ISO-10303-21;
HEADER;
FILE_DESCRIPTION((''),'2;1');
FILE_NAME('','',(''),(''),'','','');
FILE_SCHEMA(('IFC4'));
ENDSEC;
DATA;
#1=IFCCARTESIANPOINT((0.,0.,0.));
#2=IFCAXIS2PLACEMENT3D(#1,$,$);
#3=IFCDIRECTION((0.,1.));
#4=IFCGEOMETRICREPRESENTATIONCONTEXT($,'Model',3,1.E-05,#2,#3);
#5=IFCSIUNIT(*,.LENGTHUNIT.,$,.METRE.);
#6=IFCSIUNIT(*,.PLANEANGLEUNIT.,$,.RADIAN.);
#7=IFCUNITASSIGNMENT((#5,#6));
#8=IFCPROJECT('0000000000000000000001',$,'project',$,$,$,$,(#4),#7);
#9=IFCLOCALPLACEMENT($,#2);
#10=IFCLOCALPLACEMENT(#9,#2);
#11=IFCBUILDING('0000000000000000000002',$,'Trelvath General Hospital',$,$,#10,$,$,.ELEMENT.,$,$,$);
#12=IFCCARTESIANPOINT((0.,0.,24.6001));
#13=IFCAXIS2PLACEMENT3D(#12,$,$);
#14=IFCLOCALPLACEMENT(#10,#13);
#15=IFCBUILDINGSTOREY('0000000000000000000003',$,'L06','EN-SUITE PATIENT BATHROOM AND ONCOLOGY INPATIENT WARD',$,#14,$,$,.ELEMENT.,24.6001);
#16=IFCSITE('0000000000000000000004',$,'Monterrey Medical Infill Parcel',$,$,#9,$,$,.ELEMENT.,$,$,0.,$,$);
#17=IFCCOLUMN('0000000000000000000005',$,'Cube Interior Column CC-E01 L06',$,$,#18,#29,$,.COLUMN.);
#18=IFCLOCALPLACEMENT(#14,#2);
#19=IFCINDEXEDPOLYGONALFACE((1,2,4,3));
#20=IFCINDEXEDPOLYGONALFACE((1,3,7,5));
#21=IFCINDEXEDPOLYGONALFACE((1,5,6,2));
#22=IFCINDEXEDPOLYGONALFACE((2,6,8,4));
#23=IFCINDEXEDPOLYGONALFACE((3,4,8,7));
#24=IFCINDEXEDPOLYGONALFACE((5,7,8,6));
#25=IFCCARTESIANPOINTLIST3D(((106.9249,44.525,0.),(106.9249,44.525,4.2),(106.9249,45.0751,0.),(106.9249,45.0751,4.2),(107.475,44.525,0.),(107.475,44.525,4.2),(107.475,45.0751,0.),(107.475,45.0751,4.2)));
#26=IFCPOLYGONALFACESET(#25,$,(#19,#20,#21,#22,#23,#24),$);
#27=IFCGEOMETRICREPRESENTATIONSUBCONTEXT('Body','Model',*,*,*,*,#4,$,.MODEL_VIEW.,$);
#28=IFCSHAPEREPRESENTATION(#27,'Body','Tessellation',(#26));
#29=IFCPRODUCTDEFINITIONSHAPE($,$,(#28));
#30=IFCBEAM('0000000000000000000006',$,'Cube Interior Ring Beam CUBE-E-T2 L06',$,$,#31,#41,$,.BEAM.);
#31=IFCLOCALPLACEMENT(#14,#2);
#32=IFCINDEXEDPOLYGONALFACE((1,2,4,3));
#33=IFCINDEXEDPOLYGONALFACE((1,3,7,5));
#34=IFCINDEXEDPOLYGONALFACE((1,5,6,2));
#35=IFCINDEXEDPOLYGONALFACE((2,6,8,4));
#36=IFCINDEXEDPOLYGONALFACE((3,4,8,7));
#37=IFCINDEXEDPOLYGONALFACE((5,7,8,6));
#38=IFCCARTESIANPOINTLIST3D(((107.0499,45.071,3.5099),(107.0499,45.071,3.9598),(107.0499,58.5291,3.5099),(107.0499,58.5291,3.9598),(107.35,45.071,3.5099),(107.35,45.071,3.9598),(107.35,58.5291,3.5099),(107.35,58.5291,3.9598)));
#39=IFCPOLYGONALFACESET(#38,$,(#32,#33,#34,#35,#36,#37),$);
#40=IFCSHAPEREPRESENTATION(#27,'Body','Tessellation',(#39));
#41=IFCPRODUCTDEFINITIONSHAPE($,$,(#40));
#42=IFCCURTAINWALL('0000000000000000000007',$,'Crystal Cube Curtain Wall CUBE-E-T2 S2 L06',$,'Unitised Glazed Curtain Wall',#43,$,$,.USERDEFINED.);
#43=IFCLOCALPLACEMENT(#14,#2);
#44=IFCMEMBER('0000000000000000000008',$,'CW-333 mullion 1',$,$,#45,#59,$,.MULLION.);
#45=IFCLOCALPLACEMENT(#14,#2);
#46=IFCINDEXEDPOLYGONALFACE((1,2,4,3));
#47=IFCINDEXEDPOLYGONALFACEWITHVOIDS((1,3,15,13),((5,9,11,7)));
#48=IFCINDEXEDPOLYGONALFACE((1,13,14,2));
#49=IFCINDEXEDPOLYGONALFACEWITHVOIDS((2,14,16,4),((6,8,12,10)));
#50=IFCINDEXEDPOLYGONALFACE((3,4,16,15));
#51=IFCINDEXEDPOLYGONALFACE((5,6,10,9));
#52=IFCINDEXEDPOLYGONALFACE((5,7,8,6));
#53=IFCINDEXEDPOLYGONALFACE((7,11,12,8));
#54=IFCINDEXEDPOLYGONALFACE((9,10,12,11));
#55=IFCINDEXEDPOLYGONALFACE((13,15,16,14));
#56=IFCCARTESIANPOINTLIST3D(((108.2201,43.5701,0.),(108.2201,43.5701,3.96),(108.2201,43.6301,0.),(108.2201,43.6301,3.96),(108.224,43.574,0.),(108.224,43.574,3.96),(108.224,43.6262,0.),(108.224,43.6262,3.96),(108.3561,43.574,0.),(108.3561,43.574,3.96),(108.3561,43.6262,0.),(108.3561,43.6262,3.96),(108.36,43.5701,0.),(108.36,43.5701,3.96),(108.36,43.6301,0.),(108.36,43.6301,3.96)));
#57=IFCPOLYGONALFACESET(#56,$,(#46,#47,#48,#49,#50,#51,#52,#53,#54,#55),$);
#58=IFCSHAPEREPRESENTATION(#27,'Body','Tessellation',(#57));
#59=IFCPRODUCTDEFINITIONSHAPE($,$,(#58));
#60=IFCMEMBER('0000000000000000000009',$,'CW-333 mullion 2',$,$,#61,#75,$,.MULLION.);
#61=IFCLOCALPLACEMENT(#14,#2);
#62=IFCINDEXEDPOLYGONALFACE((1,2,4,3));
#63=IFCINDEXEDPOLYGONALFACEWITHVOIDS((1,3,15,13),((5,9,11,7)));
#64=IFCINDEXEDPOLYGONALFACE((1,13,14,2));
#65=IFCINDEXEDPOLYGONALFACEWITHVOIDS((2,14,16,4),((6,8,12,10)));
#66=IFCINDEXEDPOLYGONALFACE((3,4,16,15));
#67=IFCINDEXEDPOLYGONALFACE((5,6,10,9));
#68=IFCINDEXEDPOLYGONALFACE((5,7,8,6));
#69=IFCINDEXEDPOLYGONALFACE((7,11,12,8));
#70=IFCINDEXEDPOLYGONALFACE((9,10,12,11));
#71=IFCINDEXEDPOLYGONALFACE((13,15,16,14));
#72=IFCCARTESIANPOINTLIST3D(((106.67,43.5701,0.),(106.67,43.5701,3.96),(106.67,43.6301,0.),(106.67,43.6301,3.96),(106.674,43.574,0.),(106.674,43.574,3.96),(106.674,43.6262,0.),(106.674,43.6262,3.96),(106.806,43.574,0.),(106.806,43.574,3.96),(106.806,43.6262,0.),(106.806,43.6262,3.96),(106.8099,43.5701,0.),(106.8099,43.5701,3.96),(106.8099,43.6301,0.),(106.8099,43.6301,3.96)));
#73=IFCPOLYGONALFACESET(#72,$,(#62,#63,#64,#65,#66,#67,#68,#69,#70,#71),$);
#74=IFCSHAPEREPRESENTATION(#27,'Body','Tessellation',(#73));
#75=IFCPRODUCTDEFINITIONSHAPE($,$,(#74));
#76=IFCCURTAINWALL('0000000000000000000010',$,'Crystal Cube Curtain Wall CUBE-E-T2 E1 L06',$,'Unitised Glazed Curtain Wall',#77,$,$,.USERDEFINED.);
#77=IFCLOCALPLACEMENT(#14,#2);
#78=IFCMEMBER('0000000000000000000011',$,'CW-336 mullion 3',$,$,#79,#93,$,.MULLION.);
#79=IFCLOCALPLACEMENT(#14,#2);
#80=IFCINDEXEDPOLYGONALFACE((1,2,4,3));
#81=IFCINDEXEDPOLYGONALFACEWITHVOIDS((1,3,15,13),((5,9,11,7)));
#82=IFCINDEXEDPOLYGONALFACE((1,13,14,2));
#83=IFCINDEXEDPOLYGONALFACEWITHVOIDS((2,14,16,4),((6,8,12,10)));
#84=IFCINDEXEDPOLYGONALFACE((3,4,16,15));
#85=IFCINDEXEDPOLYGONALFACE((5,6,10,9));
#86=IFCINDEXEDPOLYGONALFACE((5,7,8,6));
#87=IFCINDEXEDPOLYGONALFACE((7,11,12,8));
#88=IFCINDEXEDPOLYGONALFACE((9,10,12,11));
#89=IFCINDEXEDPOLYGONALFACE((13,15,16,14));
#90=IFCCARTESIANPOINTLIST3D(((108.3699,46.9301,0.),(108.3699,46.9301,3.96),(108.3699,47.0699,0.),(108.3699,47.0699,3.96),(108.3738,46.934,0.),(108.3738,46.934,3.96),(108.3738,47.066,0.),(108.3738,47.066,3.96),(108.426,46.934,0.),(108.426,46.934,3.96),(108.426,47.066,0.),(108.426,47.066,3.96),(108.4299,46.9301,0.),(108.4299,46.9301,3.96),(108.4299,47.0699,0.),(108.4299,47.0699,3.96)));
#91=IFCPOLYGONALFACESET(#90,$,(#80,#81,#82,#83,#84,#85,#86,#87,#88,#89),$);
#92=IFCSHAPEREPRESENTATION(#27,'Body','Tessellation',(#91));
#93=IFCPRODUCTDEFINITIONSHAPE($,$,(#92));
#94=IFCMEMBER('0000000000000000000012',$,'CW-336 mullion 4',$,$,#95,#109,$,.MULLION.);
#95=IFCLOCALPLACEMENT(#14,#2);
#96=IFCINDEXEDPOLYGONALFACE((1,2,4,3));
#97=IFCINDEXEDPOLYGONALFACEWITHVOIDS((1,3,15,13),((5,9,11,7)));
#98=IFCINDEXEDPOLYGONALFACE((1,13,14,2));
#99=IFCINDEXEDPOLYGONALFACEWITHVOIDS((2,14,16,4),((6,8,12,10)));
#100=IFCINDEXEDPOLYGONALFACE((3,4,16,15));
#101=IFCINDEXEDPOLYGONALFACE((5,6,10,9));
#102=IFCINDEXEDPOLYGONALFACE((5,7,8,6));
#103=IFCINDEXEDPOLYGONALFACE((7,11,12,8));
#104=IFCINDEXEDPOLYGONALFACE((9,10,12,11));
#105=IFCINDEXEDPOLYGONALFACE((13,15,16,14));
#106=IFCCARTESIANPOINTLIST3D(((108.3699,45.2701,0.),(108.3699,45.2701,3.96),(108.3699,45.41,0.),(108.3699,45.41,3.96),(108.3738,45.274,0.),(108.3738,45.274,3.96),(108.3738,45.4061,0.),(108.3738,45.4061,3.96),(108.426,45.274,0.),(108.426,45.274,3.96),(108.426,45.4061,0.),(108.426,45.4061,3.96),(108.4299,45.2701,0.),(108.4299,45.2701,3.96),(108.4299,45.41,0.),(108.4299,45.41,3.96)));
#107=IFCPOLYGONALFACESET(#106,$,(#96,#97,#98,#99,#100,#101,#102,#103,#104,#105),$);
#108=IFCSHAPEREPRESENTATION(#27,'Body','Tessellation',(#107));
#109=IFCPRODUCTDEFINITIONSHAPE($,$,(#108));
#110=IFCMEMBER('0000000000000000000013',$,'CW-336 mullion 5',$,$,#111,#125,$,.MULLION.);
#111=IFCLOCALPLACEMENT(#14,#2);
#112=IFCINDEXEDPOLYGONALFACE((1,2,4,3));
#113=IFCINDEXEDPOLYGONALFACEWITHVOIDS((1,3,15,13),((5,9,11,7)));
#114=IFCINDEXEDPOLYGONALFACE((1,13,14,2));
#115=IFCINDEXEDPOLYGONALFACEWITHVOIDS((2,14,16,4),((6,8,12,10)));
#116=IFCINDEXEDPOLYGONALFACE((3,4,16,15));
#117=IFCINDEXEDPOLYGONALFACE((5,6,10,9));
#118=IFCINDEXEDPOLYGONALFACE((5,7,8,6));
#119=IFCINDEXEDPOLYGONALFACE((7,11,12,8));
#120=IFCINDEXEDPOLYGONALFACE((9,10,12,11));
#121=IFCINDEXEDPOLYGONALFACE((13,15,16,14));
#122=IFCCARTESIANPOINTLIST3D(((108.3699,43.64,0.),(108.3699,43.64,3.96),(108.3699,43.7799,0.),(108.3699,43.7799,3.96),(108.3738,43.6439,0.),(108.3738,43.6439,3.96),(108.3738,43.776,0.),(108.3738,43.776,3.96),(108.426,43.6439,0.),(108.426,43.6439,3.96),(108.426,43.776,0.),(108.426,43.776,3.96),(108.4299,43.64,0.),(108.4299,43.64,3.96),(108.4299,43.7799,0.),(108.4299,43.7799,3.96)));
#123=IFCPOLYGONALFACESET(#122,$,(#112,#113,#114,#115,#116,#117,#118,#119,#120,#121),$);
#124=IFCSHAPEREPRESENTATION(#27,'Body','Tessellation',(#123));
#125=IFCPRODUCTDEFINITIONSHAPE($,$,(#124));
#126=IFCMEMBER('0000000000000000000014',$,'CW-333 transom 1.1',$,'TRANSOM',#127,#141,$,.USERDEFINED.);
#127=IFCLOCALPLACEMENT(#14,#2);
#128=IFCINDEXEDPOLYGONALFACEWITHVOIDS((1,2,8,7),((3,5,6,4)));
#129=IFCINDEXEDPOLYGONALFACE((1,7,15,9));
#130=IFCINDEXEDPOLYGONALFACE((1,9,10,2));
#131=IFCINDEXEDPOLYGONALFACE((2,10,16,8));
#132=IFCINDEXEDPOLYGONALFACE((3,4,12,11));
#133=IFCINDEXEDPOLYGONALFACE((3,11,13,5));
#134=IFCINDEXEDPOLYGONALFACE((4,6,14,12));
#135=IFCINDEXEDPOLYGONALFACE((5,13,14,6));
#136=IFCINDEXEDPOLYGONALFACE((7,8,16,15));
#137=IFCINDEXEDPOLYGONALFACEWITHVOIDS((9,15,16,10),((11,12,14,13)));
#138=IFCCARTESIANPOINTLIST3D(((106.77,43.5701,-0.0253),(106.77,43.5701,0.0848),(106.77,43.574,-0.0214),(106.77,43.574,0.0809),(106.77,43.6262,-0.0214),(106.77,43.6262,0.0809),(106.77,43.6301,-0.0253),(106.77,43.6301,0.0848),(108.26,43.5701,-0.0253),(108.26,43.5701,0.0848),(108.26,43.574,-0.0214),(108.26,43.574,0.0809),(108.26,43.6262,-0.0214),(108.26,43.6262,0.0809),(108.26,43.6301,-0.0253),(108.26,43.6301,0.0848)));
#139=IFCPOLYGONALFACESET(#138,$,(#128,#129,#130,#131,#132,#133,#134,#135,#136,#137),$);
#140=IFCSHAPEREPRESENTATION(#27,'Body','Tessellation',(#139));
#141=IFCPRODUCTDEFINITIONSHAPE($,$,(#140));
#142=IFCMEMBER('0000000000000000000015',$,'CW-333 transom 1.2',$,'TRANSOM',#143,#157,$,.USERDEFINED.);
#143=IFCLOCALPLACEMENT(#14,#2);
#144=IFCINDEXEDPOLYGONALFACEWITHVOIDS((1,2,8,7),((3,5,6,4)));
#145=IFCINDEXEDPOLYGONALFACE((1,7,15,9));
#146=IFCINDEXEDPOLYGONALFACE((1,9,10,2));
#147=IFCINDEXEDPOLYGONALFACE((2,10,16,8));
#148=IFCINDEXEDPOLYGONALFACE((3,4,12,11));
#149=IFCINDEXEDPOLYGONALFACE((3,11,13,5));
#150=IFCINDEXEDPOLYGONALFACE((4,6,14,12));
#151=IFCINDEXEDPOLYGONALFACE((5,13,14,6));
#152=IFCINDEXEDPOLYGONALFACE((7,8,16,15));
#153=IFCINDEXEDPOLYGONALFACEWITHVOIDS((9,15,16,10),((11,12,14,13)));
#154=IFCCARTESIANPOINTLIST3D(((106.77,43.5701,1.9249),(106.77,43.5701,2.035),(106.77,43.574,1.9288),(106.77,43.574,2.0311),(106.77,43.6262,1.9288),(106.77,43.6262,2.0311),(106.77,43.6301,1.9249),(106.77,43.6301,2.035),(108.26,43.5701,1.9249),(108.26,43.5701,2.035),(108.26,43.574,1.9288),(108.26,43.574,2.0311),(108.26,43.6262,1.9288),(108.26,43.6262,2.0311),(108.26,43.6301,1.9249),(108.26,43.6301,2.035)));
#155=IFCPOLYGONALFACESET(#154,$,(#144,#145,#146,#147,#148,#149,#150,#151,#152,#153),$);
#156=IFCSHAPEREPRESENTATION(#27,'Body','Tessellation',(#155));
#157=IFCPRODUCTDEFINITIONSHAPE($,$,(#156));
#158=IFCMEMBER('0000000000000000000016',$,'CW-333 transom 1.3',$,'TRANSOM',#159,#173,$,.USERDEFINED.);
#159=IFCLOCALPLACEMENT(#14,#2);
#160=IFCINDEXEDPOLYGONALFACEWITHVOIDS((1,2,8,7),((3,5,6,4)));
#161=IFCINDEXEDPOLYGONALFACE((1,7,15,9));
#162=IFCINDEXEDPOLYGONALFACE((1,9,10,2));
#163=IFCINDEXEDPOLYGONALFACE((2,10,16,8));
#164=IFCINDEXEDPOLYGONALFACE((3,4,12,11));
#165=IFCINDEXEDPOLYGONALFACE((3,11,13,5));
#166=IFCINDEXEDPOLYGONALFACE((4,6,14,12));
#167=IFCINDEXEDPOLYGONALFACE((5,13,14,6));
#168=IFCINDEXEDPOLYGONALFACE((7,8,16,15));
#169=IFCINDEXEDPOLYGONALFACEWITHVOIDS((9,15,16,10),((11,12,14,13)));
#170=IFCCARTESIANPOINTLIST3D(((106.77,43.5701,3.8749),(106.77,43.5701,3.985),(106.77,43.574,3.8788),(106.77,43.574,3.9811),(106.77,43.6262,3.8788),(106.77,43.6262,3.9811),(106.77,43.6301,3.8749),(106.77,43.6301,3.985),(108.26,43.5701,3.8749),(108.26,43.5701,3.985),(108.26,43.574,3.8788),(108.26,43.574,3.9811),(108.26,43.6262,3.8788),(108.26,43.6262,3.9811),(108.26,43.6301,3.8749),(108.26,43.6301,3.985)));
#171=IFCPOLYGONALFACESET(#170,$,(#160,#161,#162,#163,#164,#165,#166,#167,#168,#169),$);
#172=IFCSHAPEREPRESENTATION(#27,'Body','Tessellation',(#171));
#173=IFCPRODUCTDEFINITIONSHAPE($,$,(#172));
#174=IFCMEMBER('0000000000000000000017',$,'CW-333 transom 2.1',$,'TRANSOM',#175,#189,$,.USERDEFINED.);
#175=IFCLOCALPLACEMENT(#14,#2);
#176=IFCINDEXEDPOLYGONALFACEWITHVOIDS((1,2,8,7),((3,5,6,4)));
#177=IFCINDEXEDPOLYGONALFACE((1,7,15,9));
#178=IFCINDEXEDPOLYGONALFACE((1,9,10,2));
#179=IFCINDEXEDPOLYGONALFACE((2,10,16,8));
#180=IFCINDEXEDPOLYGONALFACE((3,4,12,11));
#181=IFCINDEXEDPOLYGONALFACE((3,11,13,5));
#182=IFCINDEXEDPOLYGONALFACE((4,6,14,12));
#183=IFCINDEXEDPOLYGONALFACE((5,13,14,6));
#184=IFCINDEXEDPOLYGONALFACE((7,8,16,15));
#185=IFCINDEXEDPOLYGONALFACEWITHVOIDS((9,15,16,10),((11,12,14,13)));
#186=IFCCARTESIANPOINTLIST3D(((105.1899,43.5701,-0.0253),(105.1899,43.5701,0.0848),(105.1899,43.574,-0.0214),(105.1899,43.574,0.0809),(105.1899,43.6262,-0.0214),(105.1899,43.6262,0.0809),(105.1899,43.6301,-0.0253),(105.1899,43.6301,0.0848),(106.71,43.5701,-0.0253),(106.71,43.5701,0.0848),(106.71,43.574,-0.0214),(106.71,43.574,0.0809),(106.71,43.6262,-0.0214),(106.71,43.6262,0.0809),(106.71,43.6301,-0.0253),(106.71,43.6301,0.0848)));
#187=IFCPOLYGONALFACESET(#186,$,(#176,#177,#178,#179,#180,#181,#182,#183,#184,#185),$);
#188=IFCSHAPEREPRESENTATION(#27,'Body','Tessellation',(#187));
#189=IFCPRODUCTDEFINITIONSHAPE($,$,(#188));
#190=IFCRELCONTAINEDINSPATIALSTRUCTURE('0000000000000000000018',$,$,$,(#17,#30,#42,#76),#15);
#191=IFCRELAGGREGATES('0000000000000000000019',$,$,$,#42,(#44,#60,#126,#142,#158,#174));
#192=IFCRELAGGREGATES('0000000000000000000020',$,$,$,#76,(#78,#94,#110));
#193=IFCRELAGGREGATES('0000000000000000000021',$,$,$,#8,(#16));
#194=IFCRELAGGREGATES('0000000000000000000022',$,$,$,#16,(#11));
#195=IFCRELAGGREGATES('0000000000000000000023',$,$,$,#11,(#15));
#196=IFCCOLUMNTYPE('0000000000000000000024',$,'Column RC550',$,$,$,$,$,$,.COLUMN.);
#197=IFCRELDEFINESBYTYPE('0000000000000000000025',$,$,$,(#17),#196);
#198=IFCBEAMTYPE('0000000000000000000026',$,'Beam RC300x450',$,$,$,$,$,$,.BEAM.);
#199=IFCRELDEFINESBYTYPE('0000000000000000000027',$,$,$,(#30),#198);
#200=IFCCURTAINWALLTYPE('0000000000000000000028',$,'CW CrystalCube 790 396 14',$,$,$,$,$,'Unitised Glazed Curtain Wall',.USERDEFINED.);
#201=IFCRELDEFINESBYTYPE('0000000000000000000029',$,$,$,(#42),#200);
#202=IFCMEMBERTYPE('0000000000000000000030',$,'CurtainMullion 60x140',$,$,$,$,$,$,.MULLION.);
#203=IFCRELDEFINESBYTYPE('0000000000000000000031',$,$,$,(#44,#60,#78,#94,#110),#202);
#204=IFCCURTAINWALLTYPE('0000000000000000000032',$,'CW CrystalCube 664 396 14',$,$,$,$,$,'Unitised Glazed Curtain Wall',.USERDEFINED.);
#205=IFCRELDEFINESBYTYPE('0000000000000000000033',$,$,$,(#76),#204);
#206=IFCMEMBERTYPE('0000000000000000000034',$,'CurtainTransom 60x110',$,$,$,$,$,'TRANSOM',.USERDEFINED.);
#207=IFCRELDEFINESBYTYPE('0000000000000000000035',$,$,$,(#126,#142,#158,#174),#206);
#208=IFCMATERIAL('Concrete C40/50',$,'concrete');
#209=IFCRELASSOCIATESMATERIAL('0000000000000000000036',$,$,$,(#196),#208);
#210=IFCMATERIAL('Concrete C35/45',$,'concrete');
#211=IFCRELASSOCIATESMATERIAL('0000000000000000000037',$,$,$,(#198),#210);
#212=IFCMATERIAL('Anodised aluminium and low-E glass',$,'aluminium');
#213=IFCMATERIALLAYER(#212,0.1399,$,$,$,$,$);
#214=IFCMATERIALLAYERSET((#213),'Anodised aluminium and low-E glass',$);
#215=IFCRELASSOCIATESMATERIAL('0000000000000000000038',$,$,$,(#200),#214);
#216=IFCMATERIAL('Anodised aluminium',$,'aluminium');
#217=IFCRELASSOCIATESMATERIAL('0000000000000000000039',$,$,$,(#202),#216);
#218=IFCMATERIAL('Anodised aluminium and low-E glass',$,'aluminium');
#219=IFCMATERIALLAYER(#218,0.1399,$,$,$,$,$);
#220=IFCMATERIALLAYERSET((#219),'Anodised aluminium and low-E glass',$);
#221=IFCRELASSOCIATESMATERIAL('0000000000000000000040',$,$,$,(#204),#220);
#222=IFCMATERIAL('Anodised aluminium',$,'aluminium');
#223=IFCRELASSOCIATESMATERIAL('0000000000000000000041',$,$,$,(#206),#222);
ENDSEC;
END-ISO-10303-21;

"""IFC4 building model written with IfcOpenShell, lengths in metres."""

from ifc_helpers import new_model, si_unit, direction, frame, origin, origin_2d, place, context, subcontext, project, spatial, rectangle, hollow_rectangle, extrude, material, layer, layer_set, material_profile, profile_set, type_object, element, aggregate, save


model = new_model("IFC4")

# Units and contexts
model_context = context("Model", 3, precision=1e-05, world=origin(), true_north=direction((0.0, 1.0)))
body_context = subcontext(model_context, "Body", "Model", "MODEL_VIEW")
ifc_project = project(units=[si_unit("LENGTHUNIT", "METRE"), si_unit("PLANEANGLEUNIT", "RADIAN")], contexts=[model_context])

# Site, building, storey
site_placement = place(None, origin())
site = spatial("IfcSite", under=ifc_project, at=site_placement, Name="Monterrey Medical Infill Parcel", CompositionType="ELEMENT", RefElevation=0.0)
building_placement = place(site_placement, origin())
building = spatial("IfcBuilding", under=site, at=building_placement, Name="Trelvath General Hospital", CompositionType="ELEMENT")
storey_placement = place(building_placement, frame((0.0, 0.0, 24.6001)))
storey = spatial("IfcBuildingStorey", under=building, at=storey_placement, Name="L06", Description="EN-SUITE PATIENT BATHROOM AND ONCOLOGY INPATIENT WARD", CompositionType="ELEMENT", Elevation=24.6001)

# Column
ifc_material_1 = material(Name="Concrete C40/50", Category="concrete")
ifc_material_profile_1 = material_profile(ifc_material_1, rectangle(XDim=0.55, YDim=0.55, at=origin_2d()), Name="RC550x550")
ifc_profile_set_1 = profile_set([ifc_material_profile_1], Name="Concrete C40/50")
column_type = type_object("IfcColumnType", Name="Column RC550", PredefinedType="COLUMN", material=ifc_profile_set_1)
column_placement = place(storey_placement, frame((107.2, 44.8, 0.0), z_axis=(0.0, 0.0, 1.0), x_axis=(1.0, 0.0, 0.0)))
element("IfcColumn", 1, at=column_placement, inside=storey, type_object=column_type, Name="Cube Interior Column CC-E01 L06", PredefinedType="COLUMN", context=body_context, shape_type="SweptSolid", body=[
    extrude(rectangle(XDim=0.55, YDim=0.55, at=origin_2d()), origin(), (0.0, 0.0, 1.0), 4.2),
])

# Beam
ifc_material_2 = material(Name="Concrete C35/45", Category="concrete")
ifc_material_profile_2 = material_profile(ifc_material_2, rectangle(XDim=0.3, YDim=0.45, at=origin_2d()), Name="RCB300x450")
ifc_profile_set_2 = profile_set([ifc_material_profile_2], Name="Concrete C35/45")
beam_type = type_object("IfcBeamType", Name="Beam RC300x450", PredefinedType="BEAM", material=ifc_profile_set_2)
beam_placement = place(storey_placement, frame((107.2, 45.071, 3.7349), z_axis=(0.0, 1.0, 0.0), x_axis=(-1.0, 0.0, 0.0)))
element("IfcBeam", 2, at=beam_placement, inside=storey, type_object=beam_type, Name="Cube Interior Ring Beam CUBE-E-T2 L06", PredefinedType="BEAM", context=body_context, shape_type="SweptSolid", body=[
    extrude(rectangle(XDim=0.3, YDim=0.45, at=origin_2d()), origin(), (0.0, 0.0, 1.0), 13.458),
])

# Curtain walls, members
ifc_material_3 = material(Name="Anodised aluminium and low-E glass", Category="aluminium")
ifc_layer_1 = layer(ifc_material_3, 0.1399)
ifc_layer_set_1 = layer_set([ifc_layer_1], Name="Anodised aluminium and low-E glass")
curtain_wall_type_1 = type_object("IfcCurtainWallType", Name="CW CrystalCube 790 396 14", ElementType="Unitised Glazed Curtain Wall", PredefinedType="USERDEFINED", material=ifc_layer_set_1)
curtain_wall_1_placement = place(storey_placement, origin())
curtain_wall_1 = element("IfcCurtainWall", 3, at=curtain_wall_1_placement, inside=storey, type_object=curtain_wall_type_1, Name="Crystal Cube Curtain Wall CUBE-E-T2 S2 L06", ObjectType="Unitised Glazed Curtain Wall", PredefinedType="USERDEFINED")
ifc_material_4 = material(Name="Anodised aluminium", Category="aluminium")
ifc_material_profile_3 = material_profile(ifc_material_4, hollow_rectangle(XDim=0.0601, YDim=0.1399, WallThickness=0.0039, at=origin_2d()), Name="RHS60x140x4")
ifc_profile_set_3 = profile_set([ifc_material_profile_3], Name="Anodised aluminium")
member_type_1 = type_object("IfcMemberType", Name="CurtainMullion 60x140", PredefinedType="MULLION", material=ifc_profile_set_3)
member_1_placement = place(storey_placement, frame((108.29, 43.6001, 0.0), z_axis=(0.0, 0.0, 1.0), x_axis=(0.0, -1.0, 0.0)))
member_1 = element("IfcMember", 4, at=member_1_placement, type_object=member_type_1, Name="CW-333 mullion 1", PredefinedType="MULLION", context=body_context, shape_type="SweptSolid", body=[
    extrude(hollow_rectangle(XDim=0.0601, YDim=0.1399, WallThickness=0.0039, at=origin_2d()), origin(), (0.0, 0.0, 1.0), 3.96),
])
member_2_placement = place(storey_placement, frame((106.74, 43.6001, 0.0), z_axis=(0.0, 0.0, 1.0), x_axis=(0.0, -1.0, 0.0)))
member_2 = element("IfcMember", 5, at=member_2_placement, type_object=member_type_1, Name="CW-333 mullion 2", PredefinedType="MULLION", context=body_context, shape_type="SweptSolid", body=[
    extrude(hollow_rectangle(XDim=0.0601, YDim=0.1399, WallThickness=0.0039, at=origin_2d()), origin(), (0.0, 0.0, 1.0), 3.96),
])
ifc_material_5 = material(Name="Anodised aluminium and low-E glass", Category="aluminium")
ifc_layer_2 = layer(ifc_material_5, 0.1399)
ifc_layer_set_2 = layer_set([ifc_layer_2], Name="Anodised aluminium and low-E glass")
curtain_wall_type_2 = type_object("IfcCurtainWallType", Name="CW CrystalCube 664 396 14", ElementType="Unitised Glazed Curtain Wall", PredefinedType="USERDEFINED", material=ifc_layer_set_2)
curtain_wall_2_placement = place(storey_placement, origin())
curtain_wall_2 = element("IfcCurtainWall", 6, at=curtain_wall_2_placement, inside=storey, type_object=curtain_wall_type_2, Name="Crystal Cube Curtain Wall CUBE-E-T2 E1 L06", ObjectType="Unitised Glazed Curtain Wall", PredefinedType="USERDEFINED")
member_3_placement = place(storey_placement, frame((108.3999, 47.0, 0.0), z_axis=(0.0, 0.0, 1.0), x_axis=(1.0, 0.0, 0.0)))
member_3 = element("IfcMember", 7, at=member_3_placement, type_object=member_type_1, Name="CW-336 mullion 3", PredefinedType="MULLION", context=body_context, shape_type="SweptSolid", body=[
    extrude(hollow_rectangle(XDim=0.0601, YDim=0.1399, WallThickness=0.0039, at=origin_2d()), origin(), (0.0, 0.0, 1.0), 3.96),
])
member_4_placement = place(storey_placement, frame((108.3999, 45.3401, 0.0), z_axis=(0.0, 0.0, 1.0), x_axis=(1.0, 0.0, 0.0)))
member_4 = element("IfcMember", 8, at=member_4_placement, type_object=member_type_1, Name="CW-336 mullion 4", PredefinedType="MULLION", context=body_context, shape_type="SweptSolid", body=[
    extrude(hollow_rectangle(XDim=0.0601, YDim=0.1399, WallThickness=0.0039, at=origin_2d()), origin(), (0.0, 0.0, 1.0), 3.96),
])
member_5_placement = place(storey_placement, frame((108.3999, 43.71, 0.0), z_axis=(0.0, 0.0, 1.0), x_axis=(1.0, 0.0, 0.0)))
member_5 = element("IfcMember", 9, at=member_5_placement, type_object=member_type_1, Name="CW-336 mullion 5", PredefinedType="MULLION", context=body_context, shape_type="SweptSolid", body=[
    extrude(hollow_rectangle(XDim=0.0601, YDim=0.1399, WallThickness=0.0039, at=origin_2d()), origin(), (0.0, 0.0, 1.0), 3.96),
])

# Members
ifc_material_6 = material(Name="Anodised aluminium", Category="aluminium")
ifc_material_profile_4 = material_profile(ifc_material_6, hollow_rectangle(XDim=0.0601, YDim=0.1101, WallThickness=0.0039, at=origin_2d()), Name="RHS60x110x4")
ifc_profile_set_4 = profile_set([ifc_material_profile_4], Name="Anodised aluminium")
member_type_2 = type_object("IfcMemberType", Name="CurtainTransom 60x110", ElementType="TRANSOM", PredefinedType="USERDEFINED", material=ifc_profile_set_4)
member_6_placement = place(storey_placement, frame((108.26, 43.6001, 0.0298), z_axis=(-1.0, 0.0, 0.0), x_axis=(0.0, -1.0, 0.0)))
member_6 = element("IfcMember", 10, at=member_6_placement, type_object=member_type_2, Name="CW-333 transom 1.1", ObjectType="TRANSOM", PredefinedType="USERDEFINED", context=body_context, shape_type="SweptSolid", body=[
    extrude(hollow_rectangle(XDim=0.0601, YDim=0.1101, WallThickness=0.0039, at=origin_2d()), origin(), (0.0, 0.0, 1.0), 1.49),
])
member_7_placement = place(storey_placement, frame((108.26, 43.6001, 1.98), z_axis=(-1.0, 0.0, 0.0), x_axis=(0.0, -1.0, 0.0)))
member_7 = element("IfcMember", 11, at=member_7_placement, type_object=member_type_2, Name="CW-333 transom 1.2", ObjectType="TRANSOM", PredefinedType="USERDEFINED", context=body_context, shape_type="SweptSolid", body=[
    extrude(hollow_rectangle(XDim=0.0601, YDim=0.1101, WallThickness=0.0039, at=origin_2d()), origin(), (0.0, 0.0, 1.0), 1.49),
])
member_8_placement = place(storey_placement, frame((108.26, 43.6001, 3.9299), z_axis=(-1.0, 0.0, 0.0), x_axis=(0.0, -1.0, 0.0)))
member_8 = element("IfcMember", 12, at=member_8_placement, type_object=member_type_2, Name="CW-333 transom 1.3", ObjectType="TRANSOM", PredefinedType="USERDEFINED", context=body_context, shape_type="SweptSolid", body=[
    extrude(hollow_rectangle(XDim=0.0601, YDim=0.1101, WallThickness=0.0039, at=origin_2d()), origin(), (0.0, 0.0, 1.0), 1.49),
])
member_9_placement = place(storey_placement, frame((106.71, 43.6001, 0.0298), z_axis=(-1.0, 0.0, 0.0), x_axis=(0.0, -1.0, 0.0)))
member_9 = element("IfcMember", 13, at=member_9_placement, type_object=member_type_2, Name="CW-333 transom 2.1", ObjectType="TRANSOM", PredefinedType="USERDEFINED", context=body_context, shape_type="SweptSolid", body=[
    extrude(hollow_rectangle(XDim=0.0601, YDim=0.1101, WallThickness=0.0039, at=origin_2d()), origin(), (0.0, 0.0, 1.0), 1.52),
])

aggregate(curtain_wall_1, [member_1, member_2, member_6, member_7, member_8, member_9])
aggregate(curtain_wall_2, [member_3, member_4, member_5])

save(model, "model.ifc")
